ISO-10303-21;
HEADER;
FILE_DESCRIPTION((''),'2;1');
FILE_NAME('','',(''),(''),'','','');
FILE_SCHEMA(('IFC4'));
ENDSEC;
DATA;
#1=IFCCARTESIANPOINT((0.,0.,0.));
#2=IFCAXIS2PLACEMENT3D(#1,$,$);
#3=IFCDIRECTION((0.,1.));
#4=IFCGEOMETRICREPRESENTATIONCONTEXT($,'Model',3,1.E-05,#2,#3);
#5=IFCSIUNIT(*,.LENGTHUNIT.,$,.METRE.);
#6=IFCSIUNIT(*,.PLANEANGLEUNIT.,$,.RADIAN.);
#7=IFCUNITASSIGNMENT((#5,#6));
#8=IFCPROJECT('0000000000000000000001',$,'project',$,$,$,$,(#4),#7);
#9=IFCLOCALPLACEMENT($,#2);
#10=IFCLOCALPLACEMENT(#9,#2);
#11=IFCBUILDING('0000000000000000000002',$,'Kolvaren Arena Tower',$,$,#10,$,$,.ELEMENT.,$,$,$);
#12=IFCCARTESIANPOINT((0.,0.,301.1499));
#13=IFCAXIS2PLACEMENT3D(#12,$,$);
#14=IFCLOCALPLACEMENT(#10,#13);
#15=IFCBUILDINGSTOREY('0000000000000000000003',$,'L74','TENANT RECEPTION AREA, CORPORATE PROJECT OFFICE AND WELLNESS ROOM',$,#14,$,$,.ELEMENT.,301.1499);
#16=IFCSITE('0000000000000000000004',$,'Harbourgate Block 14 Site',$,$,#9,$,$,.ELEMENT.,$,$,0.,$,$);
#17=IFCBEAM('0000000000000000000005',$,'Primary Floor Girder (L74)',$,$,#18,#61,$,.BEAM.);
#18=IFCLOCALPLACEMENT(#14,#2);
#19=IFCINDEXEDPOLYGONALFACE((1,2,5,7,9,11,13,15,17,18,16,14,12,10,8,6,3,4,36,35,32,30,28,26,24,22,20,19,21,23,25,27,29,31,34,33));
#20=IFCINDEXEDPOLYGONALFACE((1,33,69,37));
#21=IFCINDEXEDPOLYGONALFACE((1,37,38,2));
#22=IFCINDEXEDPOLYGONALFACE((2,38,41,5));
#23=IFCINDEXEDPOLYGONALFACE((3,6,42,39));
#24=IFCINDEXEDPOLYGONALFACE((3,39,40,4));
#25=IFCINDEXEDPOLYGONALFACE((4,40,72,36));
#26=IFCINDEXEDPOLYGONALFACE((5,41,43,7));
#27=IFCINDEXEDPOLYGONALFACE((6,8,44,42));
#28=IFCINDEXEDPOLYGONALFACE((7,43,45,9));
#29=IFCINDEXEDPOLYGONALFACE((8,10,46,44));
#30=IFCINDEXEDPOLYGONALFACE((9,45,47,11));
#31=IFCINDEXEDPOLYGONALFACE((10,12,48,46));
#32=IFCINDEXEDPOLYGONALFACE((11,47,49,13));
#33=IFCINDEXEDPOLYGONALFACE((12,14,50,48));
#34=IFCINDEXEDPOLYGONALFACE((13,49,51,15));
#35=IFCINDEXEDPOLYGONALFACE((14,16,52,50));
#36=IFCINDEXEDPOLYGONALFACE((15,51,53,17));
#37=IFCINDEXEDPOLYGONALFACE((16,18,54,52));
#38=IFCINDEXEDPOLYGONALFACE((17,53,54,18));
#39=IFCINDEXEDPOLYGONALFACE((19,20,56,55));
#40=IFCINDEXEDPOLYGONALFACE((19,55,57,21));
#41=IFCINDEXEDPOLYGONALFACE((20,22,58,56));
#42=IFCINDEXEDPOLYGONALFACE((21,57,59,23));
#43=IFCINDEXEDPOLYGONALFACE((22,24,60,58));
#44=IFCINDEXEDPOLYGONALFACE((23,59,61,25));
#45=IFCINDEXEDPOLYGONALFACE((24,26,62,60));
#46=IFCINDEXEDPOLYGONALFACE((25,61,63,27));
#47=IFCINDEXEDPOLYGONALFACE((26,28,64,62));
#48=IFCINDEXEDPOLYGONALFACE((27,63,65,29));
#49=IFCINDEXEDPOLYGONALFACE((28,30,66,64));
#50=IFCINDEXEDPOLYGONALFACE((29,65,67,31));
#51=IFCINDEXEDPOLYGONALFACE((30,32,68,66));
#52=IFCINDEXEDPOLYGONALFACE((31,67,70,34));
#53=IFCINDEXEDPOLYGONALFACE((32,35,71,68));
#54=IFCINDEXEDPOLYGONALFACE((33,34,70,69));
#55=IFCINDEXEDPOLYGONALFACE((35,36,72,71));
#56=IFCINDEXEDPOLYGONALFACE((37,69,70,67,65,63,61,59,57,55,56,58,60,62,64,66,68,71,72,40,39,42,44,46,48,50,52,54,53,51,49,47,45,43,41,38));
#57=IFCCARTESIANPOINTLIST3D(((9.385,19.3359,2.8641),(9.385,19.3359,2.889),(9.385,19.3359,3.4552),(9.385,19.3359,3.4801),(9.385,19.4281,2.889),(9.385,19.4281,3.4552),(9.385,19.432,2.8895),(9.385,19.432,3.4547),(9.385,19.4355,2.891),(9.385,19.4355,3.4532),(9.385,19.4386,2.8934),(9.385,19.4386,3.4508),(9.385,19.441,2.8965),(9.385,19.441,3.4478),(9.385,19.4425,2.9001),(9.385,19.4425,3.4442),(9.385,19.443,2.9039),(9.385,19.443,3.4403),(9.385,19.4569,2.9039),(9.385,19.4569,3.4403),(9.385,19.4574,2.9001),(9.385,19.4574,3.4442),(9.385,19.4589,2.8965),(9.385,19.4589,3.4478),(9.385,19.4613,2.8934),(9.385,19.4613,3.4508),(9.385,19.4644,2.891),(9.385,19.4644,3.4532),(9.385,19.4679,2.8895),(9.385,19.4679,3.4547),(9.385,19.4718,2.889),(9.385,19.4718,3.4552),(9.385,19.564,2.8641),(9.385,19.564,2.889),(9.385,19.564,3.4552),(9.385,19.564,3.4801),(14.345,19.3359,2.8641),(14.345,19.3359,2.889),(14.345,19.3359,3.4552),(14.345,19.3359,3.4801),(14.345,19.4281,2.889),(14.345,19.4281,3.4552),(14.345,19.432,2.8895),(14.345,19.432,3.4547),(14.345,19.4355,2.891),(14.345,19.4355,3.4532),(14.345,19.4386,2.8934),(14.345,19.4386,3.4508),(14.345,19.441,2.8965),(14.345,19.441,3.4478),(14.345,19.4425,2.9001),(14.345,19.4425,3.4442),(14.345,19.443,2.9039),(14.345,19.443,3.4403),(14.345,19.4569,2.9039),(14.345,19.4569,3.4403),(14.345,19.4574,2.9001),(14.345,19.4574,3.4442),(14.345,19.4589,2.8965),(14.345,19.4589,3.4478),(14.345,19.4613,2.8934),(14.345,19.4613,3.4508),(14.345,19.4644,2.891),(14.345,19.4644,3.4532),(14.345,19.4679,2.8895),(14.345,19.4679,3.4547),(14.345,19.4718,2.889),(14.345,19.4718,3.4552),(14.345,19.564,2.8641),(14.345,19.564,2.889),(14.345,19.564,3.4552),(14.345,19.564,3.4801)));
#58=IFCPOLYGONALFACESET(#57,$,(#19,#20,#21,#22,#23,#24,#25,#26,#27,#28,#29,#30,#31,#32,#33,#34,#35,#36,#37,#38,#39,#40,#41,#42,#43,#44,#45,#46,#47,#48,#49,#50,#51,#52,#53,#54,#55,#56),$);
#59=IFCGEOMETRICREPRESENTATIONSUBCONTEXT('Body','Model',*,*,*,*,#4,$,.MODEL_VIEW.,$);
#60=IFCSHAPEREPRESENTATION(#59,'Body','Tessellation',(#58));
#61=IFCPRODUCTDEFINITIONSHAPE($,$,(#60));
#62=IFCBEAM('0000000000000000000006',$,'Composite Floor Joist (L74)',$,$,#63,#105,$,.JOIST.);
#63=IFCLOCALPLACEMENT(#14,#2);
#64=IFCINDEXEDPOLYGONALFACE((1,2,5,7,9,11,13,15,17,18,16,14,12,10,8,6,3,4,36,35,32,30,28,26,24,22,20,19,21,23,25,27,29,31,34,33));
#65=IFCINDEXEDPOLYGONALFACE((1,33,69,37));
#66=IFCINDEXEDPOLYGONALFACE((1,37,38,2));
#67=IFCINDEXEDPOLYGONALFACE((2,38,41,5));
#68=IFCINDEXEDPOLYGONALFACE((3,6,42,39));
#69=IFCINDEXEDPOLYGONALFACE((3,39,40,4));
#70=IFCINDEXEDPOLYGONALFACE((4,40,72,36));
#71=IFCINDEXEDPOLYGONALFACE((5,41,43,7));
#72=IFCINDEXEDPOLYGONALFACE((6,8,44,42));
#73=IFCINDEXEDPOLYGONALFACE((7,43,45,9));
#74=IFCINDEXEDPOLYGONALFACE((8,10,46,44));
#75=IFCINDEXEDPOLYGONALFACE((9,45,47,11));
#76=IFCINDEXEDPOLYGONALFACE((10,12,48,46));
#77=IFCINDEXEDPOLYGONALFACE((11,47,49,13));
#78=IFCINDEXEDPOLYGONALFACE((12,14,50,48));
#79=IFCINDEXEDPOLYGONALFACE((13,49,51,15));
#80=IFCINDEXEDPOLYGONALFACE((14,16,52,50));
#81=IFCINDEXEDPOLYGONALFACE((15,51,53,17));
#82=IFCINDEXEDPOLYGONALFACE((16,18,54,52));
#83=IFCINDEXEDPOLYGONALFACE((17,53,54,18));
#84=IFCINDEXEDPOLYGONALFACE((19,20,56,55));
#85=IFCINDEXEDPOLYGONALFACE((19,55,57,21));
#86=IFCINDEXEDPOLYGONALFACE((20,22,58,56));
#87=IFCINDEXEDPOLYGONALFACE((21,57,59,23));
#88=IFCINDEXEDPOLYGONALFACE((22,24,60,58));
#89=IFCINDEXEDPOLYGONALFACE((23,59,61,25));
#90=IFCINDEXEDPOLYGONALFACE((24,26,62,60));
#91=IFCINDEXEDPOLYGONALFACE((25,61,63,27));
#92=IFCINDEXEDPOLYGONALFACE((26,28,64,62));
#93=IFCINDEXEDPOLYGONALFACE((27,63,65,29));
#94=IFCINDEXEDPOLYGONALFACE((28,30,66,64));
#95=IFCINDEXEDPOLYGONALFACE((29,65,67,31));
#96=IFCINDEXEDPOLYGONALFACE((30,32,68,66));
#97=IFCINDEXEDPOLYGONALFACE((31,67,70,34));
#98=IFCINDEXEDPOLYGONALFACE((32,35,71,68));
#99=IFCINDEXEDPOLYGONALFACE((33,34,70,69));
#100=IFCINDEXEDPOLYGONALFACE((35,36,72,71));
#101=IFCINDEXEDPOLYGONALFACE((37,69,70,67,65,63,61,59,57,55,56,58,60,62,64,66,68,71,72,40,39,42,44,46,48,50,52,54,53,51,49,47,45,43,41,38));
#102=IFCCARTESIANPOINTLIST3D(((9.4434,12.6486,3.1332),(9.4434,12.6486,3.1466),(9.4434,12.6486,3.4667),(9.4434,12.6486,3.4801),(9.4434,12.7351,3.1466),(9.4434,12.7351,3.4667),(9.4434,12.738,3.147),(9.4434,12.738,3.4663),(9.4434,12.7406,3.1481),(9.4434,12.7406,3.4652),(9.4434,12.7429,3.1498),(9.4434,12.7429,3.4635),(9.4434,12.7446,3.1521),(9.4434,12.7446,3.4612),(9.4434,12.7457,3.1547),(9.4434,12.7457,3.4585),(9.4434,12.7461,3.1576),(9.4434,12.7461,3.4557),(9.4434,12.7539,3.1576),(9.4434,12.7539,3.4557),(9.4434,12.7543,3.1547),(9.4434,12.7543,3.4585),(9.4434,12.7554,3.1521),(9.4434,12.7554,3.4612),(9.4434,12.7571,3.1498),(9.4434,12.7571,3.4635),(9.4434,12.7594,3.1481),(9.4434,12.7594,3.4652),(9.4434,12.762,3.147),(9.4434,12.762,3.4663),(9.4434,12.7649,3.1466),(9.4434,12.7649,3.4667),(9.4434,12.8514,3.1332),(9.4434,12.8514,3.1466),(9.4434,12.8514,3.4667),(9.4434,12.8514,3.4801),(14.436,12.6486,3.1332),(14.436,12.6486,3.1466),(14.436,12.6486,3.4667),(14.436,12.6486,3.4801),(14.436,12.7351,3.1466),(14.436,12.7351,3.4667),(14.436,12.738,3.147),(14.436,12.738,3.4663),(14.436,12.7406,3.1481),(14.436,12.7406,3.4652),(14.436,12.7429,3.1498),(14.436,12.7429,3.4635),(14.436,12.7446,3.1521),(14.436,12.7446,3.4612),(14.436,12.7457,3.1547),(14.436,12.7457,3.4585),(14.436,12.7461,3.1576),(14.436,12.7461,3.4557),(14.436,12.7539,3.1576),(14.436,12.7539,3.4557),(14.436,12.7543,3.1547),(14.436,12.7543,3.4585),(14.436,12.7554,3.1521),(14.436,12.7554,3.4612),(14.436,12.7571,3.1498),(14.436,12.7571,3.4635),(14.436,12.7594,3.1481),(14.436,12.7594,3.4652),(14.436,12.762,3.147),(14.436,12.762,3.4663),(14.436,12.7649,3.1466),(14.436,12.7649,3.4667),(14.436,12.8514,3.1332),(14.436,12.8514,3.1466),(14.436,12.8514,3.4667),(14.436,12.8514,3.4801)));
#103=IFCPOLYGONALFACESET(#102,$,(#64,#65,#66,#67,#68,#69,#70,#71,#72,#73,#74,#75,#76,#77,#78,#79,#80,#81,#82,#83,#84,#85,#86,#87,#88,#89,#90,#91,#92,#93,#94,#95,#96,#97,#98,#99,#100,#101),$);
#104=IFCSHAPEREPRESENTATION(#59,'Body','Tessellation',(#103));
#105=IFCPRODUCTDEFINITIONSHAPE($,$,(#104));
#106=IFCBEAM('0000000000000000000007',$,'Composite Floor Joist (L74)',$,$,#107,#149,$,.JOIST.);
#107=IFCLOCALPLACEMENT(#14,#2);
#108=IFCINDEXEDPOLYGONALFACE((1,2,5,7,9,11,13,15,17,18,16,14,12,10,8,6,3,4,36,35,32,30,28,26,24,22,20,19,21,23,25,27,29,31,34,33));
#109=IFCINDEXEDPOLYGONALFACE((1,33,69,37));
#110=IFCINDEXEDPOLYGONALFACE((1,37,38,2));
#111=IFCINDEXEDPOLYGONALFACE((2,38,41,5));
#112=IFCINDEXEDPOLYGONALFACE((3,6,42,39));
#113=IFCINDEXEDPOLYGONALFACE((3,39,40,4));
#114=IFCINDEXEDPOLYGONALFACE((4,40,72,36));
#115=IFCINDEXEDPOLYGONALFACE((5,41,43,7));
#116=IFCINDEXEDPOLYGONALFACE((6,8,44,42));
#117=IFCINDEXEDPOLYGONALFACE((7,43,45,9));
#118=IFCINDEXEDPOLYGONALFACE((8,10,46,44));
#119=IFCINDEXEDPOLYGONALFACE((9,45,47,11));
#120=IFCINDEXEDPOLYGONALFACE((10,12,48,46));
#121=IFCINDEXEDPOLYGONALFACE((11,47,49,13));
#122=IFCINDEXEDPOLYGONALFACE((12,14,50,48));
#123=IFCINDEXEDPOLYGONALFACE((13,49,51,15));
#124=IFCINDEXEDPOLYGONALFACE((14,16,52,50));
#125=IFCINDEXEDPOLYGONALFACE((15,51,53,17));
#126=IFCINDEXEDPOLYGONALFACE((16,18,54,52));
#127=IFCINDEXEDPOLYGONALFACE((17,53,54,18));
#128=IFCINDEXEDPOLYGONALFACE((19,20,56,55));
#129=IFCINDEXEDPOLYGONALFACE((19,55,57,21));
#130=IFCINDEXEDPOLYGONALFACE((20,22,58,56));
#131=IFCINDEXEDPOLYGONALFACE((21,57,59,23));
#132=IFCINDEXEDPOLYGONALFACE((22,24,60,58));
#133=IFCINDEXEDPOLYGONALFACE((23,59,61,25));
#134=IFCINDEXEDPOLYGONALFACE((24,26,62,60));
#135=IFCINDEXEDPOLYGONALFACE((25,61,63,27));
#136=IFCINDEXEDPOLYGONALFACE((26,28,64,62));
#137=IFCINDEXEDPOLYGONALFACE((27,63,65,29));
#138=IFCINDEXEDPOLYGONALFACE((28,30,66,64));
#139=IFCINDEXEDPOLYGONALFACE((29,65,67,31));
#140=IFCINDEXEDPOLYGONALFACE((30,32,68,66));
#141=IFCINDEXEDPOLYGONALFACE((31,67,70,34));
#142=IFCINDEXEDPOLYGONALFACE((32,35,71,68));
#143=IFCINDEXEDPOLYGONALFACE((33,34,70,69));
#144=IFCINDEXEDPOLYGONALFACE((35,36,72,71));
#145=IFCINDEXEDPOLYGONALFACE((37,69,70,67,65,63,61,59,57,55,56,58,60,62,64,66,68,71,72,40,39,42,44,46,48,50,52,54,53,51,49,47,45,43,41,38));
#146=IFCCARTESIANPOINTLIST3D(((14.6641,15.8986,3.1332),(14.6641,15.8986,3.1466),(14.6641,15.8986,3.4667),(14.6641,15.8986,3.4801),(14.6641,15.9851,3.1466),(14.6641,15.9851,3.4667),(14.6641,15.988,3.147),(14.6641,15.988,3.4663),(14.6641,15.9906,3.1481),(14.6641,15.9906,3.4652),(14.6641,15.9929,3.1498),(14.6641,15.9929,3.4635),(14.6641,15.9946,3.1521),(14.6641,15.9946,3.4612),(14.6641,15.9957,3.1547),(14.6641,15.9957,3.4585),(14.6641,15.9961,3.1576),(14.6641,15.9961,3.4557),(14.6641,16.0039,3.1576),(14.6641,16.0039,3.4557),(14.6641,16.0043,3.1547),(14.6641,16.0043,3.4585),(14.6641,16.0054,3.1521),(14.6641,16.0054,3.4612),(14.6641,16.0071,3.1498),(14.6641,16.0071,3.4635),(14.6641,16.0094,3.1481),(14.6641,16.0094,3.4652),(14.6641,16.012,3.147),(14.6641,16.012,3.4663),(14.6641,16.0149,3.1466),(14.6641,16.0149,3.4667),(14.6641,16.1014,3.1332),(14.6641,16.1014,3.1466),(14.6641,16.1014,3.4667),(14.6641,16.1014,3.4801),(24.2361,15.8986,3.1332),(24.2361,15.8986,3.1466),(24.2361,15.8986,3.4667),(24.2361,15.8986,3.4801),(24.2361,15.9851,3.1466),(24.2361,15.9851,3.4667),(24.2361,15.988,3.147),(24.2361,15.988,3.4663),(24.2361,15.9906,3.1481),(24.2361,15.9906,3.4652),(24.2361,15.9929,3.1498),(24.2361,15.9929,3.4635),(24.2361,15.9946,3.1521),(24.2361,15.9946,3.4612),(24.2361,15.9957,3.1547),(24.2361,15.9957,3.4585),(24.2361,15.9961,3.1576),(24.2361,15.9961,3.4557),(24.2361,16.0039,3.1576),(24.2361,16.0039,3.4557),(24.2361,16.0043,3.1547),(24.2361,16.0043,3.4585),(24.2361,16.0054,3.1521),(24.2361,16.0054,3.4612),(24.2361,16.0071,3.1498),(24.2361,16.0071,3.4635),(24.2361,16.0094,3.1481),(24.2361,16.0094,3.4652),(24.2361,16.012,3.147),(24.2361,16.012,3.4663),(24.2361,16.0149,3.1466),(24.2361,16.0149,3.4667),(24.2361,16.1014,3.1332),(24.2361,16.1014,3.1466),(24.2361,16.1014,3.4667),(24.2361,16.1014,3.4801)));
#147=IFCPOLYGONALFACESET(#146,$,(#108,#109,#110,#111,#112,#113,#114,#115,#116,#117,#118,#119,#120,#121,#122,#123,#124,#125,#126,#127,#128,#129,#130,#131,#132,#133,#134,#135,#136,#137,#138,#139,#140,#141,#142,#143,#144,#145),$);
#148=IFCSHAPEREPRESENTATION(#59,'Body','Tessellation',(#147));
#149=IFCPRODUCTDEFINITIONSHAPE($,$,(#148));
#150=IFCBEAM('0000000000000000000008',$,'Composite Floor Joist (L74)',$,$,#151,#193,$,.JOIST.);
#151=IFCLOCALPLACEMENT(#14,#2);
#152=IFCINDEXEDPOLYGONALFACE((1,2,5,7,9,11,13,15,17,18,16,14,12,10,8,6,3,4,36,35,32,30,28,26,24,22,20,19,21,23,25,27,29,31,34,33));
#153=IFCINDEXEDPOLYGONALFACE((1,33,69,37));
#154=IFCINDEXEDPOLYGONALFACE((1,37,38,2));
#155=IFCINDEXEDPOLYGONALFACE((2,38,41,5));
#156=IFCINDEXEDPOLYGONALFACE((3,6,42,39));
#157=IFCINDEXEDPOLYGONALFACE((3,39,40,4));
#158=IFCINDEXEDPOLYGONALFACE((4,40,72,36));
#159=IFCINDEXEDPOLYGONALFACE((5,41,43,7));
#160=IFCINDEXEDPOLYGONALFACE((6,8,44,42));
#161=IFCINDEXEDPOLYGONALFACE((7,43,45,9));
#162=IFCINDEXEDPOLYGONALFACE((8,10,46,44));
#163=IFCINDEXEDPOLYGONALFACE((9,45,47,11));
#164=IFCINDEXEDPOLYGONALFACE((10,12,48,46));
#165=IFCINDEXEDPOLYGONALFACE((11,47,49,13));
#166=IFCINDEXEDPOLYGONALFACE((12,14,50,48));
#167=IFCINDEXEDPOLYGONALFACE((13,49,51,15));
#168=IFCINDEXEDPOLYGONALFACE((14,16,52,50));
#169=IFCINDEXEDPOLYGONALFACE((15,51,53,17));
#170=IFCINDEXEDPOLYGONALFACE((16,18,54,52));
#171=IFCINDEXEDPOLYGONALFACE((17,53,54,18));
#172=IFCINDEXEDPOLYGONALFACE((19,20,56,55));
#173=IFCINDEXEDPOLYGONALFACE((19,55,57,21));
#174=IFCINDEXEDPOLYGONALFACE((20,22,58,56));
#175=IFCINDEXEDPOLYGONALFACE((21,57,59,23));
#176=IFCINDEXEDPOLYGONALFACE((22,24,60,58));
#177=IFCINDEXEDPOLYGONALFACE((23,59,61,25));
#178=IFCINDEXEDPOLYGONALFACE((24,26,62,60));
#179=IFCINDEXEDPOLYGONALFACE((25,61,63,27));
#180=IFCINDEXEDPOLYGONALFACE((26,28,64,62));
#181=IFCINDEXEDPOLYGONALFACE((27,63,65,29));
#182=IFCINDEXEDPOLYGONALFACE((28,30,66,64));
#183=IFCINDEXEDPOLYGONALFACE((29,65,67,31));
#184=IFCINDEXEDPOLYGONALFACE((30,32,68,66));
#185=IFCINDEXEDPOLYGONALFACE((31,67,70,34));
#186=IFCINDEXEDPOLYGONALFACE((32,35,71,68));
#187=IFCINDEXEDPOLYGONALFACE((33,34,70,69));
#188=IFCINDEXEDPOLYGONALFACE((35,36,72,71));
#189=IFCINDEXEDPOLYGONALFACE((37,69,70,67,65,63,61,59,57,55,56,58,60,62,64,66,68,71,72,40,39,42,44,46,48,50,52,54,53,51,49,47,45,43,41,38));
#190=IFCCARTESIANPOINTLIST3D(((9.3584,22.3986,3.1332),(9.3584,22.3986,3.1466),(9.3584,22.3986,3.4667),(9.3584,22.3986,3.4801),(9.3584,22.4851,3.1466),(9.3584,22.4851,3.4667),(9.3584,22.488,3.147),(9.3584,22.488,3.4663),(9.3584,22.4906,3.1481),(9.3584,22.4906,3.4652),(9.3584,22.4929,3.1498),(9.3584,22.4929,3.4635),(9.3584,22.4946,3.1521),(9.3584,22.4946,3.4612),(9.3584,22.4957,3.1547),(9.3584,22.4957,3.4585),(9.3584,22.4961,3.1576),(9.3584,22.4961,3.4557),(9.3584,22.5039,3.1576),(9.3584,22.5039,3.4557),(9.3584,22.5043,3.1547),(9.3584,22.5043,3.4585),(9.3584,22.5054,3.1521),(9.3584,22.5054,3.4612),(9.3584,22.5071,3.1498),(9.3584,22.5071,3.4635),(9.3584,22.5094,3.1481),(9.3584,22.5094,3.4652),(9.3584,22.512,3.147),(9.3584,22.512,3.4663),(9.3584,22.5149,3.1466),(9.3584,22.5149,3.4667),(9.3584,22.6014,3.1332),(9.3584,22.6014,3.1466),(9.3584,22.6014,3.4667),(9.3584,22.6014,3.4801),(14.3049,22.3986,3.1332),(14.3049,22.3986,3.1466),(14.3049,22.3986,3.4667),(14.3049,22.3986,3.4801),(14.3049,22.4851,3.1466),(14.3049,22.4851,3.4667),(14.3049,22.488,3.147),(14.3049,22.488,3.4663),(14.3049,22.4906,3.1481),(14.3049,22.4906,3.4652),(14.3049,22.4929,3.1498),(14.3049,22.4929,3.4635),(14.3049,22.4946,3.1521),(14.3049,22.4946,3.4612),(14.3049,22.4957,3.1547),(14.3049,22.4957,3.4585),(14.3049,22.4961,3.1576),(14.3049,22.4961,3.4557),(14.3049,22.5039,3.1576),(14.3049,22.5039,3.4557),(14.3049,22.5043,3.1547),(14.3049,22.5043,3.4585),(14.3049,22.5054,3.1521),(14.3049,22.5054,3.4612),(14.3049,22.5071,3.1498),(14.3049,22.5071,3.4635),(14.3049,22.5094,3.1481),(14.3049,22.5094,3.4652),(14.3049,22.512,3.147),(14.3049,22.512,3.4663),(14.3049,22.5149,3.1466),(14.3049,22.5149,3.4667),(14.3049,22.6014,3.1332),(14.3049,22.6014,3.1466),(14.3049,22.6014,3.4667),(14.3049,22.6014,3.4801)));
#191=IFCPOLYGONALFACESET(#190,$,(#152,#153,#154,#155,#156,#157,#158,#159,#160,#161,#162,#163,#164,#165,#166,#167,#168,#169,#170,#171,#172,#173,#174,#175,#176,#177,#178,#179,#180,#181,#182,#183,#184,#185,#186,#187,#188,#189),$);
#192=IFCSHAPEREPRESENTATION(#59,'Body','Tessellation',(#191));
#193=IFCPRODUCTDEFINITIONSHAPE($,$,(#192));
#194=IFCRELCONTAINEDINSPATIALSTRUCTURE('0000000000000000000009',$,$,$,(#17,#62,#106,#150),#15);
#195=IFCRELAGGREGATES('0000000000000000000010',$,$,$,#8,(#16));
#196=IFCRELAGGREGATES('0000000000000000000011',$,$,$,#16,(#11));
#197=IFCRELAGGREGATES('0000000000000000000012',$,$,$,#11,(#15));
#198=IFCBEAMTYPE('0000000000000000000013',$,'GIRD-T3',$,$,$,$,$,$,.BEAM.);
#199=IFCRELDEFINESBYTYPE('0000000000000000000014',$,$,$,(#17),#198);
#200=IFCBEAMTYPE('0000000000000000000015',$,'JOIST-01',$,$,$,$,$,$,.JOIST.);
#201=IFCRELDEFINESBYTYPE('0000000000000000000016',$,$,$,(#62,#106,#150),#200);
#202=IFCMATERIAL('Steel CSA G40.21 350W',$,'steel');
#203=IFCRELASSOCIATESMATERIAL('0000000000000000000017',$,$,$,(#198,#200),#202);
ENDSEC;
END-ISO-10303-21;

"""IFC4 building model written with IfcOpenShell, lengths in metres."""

from ifc_helpers import new_model, si_unit, direction, frame, origin, origin_2d, place, context, subcontext, project, spatial, i_section, extrude, material, material_profile, profile_set, type_object, element, save


model = new_model("IFC4")

# Units and contexts
model_context = context("Model", 3, precision=1e-05, world=origin(), true_north=direction((0.0, 1.0)))
body_context = subcontext(model_context, "Body", "Model", "MODEL_VIEW")
ifc_project = project(units=[si_unit("LENGTHUNIT", "METRE"), si_unit("PLANEANGLEUNIT", "RADIAN")], contexts=[model_context])

# Site, building, storey
site_placement = place(None, origin())
site = spatial("IfcSite", under=ifc_project, at=site_placement, Name="Harbourgate Block 14 Site", CompositionType="ELEMENT", RefElevation=0.0)
building_placement = place(site_placement, origin())
building = spatial("IfcBuilding", under=site, at=building_placement, Name="Kolvaren Arena Tower", CompositionType="ELEMENT")
storey_placement = place(building_placement, frame((0.0, 0.0, 301.1499)))
storey = spatial("IfcBuildingStorey", under=building, at=storey_placement, Name="L74", Description="TENANT RECEPTION AREA, CORPORATE PROJECT OFFICE AND WELLNESS ROOM", CompositionType="ELEMENT", Elevation=301.1499)

# Beams
ifc_material_1 = material(Name="Steel CSA G40.21 350W", Category="steel")
ifc_material_profile_1 = material_profile(ifc_material_1, i_section(OverallWidth=0.228, OverallDepth=0.616, WebThickness=0.0139, FlangeThickness=0.0249, FilletRadius=0.0149, at=origin_2d()), Name="W610x174")
ifc_profile_set_1 = profile_set([ifc_material_profile_1], Name="Steel CSA G40.21 350W")
beam_type_1 = type_object("IfcBeamType", Name="GIRD-T3", PredefinedType="BEAM", material=ifc_profile_set_1)
beam_1_placement = place(storey_placement, frame((9.385, 19.45, 3.1721), z_axis=(1.0, 0.0, 0.0), x_axis=(0.0, 1.0, 0.0)))
element("IfcBeam", 1, at=beam_1_placement, inside=storey, type_object=beam_type_1, Name="Primary Floor Girder (L74)", PredefinedType="BEAM", context=body_context, shape_type="SweptSolid", body=[
    extrude(i_section(OverallWidth=0.228, OverallDepth=0.616, WebThickness=0.0139, FlangeThickness=0.0249, FilletRadius=0.0149, at=origin_2d()), origin(), (0.0, 0.0, 1.0), 4.96),
])
ifc_material_profile_2 = material_profile(ifc_material_1, i_section(OverallWidth=0.2029, OverallDepth=0.3469, WebThickness=0.0078, FlangeThickness=0.0134, FilletRadius=0.011, at=origin_2d()), Name="W360x64")
ifc_profile_set_2 = profile_set([ifc_material_profile_2], Name="Steel CSA G40.21 350W")
beam_type_2 = type_object("IfcBeamType", Name="JOIST-01", PredefinedType="JOIST", material=ifc_profile_set_2)
beam_2_placement = place(storey_placement, frame((9.4434, 12.75, 3.3066), z_axis=(1.0, 0.0, 0.0), x_axis=(0.0, 1.0, 0.0)))
element("IfcBeam", 2, at=beam_2_placement, inside=storey, type_object=beam_type_2, Name="Composite Floor Joist (L74)", PredefinedType="JOIST", context=body_context, shape_type="SweptSolid", body=[
    extrude(i_section(OverallWidth=0.2029, OverallDepth=0.3469, WebThickness=0.0078, FlangeThickness=0.0134, FilletRadius=0.011, at=origin_2d()), origin(), (0.0, 0.0, 1.0), 4.9927),
])
beam_3_placement = place(storey_placement, frame((14.6641, 16.0, 3.3066), z_axis=(1.0, 0.0, 0.0), x_axis=(0.0, 1.0, 0.0)))
element("IfcBeam", 3, at=beam_3_placement, inside=storey, type_object=beam_type_2, Name="Composite Floor Joist (L74)", PredefinedType="JOIST", context=body_context, shape_type="SweptSolid", body=[
    extrude(i_section(OverallWidth=0.2029, OverallDepth=0.3469, WebThickness=0.0078, FlangeThickness=0.0134, FilletRadius=0.011, at=origin_2d()), origin(), (0.0, 0.0, 1.0), 9.572),
])
beam_4_placement = place(storey_placement, frame((9.3584, 22.5, 3.3066), z_axis=(1.0, 0.0, 0.0), x_axis=(0.0, 1.0, 0.0)))
element("IfcBeam", 4, at=beam_4_placement, inside=storey, type_object=beam_type_2, Name="Composite Floor Joist (L74)", PredefinedType="JOIST", context=body_context, shape_type="SweptSolid", body=[
    extrude(i_section(OverallWidth=0.2029, OverallDepth=0.3469, WebThickness=0.0078, FlangeThickness=0.0134, FilletRadius=0.011, at=origin_2d()), origin(), (0.0, 0.0, 1.0), 4.9465),
])

save(model, "model.ifc")
